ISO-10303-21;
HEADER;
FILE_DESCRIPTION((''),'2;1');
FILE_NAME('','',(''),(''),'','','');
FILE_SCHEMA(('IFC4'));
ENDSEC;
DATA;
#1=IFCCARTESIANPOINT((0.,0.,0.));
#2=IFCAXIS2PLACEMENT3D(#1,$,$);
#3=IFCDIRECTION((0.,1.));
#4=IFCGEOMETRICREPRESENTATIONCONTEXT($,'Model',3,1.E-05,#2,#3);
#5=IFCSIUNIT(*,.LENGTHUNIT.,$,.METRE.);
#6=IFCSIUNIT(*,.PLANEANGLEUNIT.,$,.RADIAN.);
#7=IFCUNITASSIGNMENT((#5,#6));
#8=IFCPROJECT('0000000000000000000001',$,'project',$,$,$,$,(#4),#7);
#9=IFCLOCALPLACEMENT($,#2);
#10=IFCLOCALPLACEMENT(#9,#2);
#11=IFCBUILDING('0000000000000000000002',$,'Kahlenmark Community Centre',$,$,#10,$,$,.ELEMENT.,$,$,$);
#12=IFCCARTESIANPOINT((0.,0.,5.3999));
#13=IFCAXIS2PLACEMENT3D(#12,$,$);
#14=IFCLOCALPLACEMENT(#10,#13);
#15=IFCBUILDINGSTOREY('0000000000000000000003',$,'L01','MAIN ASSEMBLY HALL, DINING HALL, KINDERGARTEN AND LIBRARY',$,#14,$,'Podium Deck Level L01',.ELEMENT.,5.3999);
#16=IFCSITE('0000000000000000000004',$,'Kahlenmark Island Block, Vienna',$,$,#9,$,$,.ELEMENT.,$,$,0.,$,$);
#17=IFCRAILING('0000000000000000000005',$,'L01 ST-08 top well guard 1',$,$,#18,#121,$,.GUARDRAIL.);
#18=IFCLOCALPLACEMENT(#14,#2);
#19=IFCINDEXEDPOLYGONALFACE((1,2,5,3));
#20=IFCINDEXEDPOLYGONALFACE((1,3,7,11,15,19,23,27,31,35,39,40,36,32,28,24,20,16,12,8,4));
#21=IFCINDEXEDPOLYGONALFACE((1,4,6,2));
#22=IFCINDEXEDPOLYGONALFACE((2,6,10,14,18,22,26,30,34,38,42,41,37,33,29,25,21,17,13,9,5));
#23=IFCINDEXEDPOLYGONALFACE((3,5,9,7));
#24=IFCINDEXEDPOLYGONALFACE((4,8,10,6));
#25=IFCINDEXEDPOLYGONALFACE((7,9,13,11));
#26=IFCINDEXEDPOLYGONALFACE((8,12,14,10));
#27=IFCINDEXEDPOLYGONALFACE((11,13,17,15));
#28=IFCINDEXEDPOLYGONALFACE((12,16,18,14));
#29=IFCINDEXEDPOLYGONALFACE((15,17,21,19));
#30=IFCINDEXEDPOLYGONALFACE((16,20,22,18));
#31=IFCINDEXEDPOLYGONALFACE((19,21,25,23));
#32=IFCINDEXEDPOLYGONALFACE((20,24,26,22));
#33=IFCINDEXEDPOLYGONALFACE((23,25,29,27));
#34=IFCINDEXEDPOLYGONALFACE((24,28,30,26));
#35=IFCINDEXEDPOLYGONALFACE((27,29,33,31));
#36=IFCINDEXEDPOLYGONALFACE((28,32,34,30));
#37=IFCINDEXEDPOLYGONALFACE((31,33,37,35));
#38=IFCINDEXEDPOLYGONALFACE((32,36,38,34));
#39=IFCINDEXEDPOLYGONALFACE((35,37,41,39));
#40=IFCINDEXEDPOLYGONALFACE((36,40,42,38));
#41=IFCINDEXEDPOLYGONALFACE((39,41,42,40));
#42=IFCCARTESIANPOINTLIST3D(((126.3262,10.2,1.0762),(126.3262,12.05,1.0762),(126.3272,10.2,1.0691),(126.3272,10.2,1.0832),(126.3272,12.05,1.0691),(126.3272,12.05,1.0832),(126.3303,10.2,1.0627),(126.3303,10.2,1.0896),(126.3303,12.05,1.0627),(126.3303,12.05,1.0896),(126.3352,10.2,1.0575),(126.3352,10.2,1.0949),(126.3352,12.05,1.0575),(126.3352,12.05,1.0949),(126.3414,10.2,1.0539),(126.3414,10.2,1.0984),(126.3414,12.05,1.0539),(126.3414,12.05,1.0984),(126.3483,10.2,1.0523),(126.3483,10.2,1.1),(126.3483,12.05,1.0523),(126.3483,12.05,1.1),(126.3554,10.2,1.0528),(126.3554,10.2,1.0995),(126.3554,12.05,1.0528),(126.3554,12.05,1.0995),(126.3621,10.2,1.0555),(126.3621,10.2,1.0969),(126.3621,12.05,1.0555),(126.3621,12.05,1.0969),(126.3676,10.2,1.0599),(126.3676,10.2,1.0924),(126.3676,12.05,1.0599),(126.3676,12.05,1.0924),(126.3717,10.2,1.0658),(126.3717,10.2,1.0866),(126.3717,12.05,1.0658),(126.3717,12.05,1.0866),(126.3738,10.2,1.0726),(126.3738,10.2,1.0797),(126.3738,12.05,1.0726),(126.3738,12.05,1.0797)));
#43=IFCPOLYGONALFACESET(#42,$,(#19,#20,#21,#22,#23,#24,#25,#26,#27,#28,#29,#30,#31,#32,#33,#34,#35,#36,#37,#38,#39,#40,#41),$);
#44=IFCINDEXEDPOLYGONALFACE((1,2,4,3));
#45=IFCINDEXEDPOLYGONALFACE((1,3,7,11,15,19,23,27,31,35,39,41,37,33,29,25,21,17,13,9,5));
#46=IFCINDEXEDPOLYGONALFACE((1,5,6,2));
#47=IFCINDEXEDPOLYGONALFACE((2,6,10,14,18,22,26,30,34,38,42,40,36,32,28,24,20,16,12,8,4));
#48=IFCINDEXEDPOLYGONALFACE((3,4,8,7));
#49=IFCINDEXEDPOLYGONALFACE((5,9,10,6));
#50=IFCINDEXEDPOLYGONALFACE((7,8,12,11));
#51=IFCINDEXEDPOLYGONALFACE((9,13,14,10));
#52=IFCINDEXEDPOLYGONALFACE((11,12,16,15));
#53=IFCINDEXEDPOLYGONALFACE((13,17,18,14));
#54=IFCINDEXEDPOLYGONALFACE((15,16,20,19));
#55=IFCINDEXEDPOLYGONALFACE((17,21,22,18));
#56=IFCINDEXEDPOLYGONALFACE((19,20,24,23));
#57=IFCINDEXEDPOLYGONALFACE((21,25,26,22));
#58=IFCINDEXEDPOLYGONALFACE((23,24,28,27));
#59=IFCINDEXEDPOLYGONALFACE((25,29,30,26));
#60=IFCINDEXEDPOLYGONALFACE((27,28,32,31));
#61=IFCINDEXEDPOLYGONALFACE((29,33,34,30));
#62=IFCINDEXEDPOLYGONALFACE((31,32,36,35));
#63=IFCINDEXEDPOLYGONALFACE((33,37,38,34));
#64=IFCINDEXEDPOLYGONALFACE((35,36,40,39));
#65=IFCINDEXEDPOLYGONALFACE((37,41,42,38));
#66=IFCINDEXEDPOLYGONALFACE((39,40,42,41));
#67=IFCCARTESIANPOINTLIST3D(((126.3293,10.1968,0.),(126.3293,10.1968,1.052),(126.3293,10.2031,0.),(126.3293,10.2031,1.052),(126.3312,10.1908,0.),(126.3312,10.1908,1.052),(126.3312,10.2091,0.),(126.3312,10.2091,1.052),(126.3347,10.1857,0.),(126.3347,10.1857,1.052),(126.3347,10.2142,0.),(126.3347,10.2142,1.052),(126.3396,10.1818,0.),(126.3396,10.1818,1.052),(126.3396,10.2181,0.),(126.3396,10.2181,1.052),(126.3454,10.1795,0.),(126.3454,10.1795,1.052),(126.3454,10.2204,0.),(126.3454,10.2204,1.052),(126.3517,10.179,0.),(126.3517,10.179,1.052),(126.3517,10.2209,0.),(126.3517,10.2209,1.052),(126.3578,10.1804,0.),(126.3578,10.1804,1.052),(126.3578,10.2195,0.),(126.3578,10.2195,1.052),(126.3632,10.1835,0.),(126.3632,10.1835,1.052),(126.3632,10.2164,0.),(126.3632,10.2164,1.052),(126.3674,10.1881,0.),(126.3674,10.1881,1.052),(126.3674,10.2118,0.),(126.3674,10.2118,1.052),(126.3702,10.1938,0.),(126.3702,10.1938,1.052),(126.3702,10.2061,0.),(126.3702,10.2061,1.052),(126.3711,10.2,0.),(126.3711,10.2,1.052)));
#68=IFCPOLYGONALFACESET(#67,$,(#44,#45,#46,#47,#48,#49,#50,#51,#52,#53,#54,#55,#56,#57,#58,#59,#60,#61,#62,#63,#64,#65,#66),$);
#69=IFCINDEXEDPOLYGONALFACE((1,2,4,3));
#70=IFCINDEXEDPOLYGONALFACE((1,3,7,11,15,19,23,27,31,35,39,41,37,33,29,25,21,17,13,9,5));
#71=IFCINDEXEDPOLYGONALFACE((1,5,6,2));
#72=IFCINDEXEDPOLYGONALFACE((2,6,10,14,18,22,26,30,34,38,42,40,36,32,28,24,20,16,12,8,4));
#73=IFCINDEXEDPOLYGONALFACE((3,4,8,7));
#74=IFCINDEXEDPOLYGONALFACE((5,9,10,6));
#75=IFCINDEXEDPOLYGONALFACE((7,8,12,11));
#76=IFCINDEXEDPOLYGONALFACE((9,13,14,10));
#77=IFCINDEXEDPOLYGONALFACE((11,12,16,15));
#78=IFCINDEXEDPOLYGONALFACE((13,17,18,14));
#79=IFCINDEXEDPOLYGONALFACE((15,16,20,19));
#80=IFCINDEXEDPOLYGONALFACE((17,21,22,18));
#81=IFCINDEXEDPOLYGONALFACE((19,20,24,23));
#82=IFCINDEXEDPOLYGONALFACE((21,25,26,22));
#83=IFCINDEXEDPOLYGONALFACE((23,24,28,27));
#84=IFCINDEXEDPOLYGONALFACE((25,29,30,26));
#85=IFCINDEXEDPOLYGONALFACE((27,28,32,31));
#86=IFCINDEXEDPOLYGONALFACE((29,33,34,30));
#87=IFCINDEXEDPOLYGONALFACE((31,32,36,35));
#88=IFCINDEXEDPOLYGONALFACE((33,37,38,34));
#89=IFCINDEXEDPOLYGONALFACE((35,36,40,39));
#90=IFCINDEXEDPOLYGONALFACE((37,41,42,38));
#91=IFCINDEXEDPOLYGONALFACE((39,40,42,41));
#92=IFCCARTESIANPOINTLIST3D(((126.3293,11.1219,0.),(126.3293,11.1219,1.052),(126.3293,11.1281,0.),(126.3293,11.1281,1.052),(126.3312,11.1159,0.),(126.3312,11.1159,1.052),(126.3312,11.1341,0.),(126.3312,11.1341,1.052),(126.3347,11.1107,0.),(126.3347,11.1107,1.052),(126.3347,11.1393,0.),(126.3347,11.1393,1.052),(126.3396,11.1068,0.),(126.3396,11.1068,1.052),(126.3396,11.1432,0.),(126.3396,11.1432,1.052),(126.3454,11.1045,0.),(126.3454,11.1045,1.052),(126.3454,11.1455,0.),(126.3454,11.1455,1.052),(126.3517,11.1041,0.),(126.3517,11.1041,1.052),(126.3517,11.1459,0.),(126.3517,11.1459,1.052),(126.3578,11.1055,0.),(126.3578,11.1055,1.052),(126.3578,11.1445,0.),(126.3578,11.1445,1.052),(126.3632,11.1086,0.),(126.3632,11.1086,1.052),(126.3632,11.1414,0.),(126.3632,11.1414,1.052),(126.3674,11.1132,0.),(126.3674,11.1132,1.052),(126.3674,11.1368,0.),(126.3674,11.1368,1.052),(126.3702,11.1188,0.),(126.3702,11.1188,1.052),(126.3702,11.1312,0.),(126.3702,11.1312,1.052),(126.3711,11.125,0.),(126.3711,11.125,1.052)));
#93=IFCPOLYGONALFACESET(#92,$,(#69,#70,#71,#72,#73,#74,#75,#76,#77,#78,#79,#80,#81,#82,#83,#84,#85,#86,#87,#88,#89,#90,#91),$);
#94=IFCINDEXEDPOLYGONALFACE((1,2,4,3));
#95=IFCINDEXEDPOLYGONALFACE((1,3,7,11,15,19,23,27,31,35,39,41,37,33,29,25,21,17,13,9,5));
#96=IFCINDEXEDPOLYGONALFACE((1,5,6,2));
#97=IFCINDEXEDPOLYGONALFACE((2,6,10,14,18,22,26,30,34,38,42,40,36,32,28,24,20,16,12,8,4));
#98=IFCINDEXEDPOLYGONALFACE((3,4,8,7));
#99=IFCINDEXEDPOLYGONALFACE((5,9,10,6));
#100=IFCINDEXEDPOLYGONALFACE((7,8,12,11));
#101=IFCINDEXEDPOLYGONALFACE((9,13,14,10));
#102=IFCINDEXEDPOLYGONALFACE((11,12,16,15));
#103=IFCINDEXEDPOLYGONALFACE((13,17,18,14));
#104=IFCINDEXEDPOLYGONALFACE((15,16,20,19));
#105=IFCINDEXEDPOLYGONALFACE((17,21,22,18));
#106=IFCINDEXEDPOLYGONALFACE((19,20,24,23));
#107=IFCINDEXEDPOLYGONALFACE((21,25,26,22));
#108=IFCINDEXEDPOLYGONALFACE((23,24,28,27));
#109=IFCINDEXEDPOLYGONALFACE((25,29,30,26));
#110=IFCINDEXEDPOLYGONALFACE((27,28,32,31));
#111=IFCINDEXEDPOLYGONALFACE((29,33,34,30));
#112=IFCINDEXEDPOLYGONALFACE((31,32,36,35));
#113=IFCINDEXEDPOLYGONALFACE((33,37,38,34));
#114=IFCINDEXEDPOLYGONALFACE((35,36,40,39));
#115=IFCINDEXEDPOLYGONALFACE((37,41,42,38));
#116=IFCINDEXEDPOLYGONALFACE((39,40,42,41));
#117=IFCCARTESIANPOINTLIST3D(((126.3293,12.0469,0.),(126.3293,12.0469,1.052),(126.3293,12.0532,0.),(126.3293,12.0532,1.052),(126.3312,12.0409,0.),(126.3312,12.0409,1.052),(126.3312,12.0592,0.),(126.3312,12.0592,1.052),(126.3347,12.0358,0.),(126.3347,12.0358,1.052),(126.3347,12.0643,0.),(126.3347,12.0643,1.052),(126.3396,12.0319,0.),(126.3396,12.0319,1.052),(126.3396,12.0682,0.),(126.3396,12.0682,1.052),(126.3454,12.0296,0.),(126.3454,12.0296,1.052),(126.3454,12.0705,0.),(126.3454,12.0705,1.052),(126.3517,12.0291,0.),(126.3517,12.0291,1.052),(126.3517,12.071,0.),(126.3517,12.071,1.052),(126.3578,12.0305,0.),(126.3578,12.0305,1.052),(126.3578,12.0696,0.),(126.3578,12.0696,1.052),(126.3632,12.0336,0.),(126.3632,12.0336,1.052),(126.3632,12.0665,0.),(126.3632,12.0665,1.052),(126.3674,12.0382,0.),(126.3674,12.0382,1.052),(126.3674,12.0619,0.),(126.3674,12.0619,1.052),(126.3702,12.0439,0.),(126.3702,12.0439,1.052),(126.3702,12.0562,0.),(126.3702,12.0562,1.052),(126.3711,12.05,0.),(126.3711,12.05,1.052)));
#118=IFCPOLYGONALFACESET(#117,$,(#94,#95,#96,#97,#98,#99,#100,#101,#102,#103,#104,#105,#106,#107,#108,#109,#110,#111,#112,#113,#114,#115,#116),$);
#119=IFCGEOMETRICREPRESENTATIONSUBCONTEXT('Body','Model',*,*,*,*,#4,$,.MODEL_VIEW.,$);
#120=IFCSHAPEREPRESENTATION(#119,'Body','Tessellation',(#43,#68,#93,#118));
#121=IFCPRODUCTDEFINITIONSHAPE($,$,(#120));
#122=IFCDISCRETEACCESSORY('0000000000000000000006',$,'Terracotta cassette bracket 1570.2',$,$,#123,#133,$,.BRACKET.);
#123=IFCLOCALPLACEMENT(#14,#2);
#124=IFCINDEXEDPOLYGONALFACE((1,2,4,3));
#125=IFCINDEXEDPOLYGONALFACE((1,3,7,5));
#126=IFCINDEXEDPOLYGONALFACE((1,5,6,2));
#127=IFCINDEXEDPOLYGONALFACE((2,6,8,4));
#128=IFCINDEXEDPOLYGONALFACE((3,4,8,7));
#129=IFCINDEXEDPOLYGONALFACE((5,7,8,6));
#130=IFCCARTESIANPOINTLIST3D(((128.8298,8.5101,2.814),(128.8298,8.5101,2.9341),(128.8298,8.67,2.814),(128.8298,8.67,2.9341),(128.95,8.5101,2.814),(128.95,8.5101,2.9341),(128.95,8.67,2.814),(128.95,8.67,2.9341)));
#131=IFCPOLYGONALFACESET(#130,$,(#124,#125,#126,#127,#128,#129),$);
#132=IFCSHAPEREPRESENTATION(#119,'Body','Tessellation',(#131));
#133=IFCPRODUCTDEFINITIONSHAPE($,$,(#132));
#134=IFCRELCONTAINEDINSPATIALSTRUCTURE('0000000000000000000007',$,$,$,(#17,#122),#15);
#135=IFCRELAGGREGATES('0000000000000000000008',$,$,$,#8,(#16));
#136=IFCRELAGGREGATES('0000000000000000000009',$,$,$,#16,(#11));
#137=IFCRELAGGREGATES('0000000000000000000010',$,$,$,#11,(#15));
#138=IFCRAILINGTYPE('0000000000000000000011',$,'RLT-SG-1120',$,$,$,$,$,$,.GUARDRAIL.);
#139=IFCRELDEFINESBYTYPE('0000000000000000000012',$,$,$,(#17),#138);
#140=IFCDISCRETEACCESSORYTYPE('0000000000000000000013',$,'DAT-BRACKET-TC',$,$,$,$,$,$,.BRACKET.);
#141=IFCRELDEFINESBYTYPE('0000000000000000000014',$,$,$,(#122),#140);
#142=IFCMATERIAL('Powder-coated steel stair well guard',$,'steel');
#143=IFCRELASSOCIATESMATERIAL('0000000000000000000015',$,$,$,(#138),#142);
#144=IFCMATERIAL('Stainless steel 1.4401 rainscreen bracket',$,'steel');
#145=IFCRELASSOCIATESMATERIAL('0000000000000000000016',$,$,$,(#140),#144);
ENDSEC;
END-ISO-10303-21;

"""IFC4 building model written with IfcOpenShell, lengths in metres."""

from ifc_helpers import new_model, si_unit, direction, frame, origin, origin_2d, place, context, subcontext, project, spatial, rectangle, circle, extrude, material, type_object, element, save


model = new_model("IFC4")

# Units and contexts
model_context = context("Model", 3, precision=1e-05, world=origin(), true_north=direction((0.0, 1.0)))
body_context = subcontext(model_context, "Body", "Model", "MODEL_VIEW")
ifc_project = project(units=[si_unit("LENGTHUNIT", "METRE"), si_unit("PLANEANGLEUNIT", "RADIAN")], contexts=[model_context])

# Site, building, storey
site_placement = place(None, origin())
site = spatial("IfcSite", under=ifc_project, at=site_placement, Name="Kahlenmark Island Block, Vienna", CompositionType="ELEMENT", RefElevation=0.0)
building_placement = place(site_placement, origin())
building = spatial("IfcBuilding", under=site, at=building_placement, Name="Kahlenmark Community Centre", CompositionType="ELEMENT")
storey_placement = place(building_placement, frame((0.0, 0.0, 5.3999)))
storey = spatial("IfcBuildingStorey", under=building, at=storey_placement, Name="L01", Description="MAIN ASSEMBLY HALL, DINING HALL, KINDERGARTEN AND LIBRARY", LongName="Podium Deck Level L01", CompositionType="ELEMENT", Elevation=5.3999)

# Railing
ifc_material_1 = material(Name="Powder-coated steel stair well guard", Category="steel")
railing_type = type_object("IfcRailingType", Name="RLT-SG-1120", PredefinedType="GUARDRAIL", material=ifc_material_1)
railing_placement = place(storey_placement, frame((126.3501, 10.2, 0.0)))
element("IfcRailing", 1, at=railing_placement, inside=storey, type_object=railing_type, Name="L01 ST-08 top well guard 1", PredefinedType="GUARDRAIL", context=body_context, shape_type="SweptSolid", body=[
    extrude(circle(Radius=0.0239, at=origin_2d()), frame((0.0, 0.0, 1.0762), z_axis=(0.0, 1.0, 0.0), x_axis=(-1.0, 0.0, 0.0)), (0.0, 0.0, 1.0), 1.8501),
    extrude(circle(Radius=0.021, at=origin_2d()), origin(), (0.0, 0.0, 1.0), 1.052),
    extrude(circle(Radius=0.021, at=origin_2d()), frame((0.0, 0.925, 0.0)), (0.0, 0.0, 1.0), 1.052),
    extrude(circle(Radius=0.021, at=origin_2d()), frame((0.0, 1.8501, 0.0)), (0.0, 0.0, 1.0), 1.052),
])

# Discrete accessory
ifc_material_2 = material(Name="Stainless steel 1.4401 rainscreen bracket", Category="steel")
discrete_accessory_type = type_object("IfcDiscreteAccessoryType", Name="DAT-BRACKET-TC", PredefinedType="BRACKET", material=ifc_material_2)
discrete_accessory_placement = place(storey_placement, frame((128.8899, 8.5901, 2.814), z_axis=(0.0, 0.0, 1.0), x_axis=(1.0, 0.0, 0.0)))
element("IfcDiscreteAccessory", 2, at=discrete_accessory_placement, inside=storey, type_object=discrete_accessory_type, Name="Terracotta cassette bracket 1570.2", PredefinedType="BRACKET", context=body_context, shape_type="SweptSolid", body=[
    extrude(rectangle(XDim=0.1201, YDim=0.1599, at=origin_2d()), origin(), (0.0, 0.0, 1.0), 0.1201),
])

save(model, "model.ifc")
